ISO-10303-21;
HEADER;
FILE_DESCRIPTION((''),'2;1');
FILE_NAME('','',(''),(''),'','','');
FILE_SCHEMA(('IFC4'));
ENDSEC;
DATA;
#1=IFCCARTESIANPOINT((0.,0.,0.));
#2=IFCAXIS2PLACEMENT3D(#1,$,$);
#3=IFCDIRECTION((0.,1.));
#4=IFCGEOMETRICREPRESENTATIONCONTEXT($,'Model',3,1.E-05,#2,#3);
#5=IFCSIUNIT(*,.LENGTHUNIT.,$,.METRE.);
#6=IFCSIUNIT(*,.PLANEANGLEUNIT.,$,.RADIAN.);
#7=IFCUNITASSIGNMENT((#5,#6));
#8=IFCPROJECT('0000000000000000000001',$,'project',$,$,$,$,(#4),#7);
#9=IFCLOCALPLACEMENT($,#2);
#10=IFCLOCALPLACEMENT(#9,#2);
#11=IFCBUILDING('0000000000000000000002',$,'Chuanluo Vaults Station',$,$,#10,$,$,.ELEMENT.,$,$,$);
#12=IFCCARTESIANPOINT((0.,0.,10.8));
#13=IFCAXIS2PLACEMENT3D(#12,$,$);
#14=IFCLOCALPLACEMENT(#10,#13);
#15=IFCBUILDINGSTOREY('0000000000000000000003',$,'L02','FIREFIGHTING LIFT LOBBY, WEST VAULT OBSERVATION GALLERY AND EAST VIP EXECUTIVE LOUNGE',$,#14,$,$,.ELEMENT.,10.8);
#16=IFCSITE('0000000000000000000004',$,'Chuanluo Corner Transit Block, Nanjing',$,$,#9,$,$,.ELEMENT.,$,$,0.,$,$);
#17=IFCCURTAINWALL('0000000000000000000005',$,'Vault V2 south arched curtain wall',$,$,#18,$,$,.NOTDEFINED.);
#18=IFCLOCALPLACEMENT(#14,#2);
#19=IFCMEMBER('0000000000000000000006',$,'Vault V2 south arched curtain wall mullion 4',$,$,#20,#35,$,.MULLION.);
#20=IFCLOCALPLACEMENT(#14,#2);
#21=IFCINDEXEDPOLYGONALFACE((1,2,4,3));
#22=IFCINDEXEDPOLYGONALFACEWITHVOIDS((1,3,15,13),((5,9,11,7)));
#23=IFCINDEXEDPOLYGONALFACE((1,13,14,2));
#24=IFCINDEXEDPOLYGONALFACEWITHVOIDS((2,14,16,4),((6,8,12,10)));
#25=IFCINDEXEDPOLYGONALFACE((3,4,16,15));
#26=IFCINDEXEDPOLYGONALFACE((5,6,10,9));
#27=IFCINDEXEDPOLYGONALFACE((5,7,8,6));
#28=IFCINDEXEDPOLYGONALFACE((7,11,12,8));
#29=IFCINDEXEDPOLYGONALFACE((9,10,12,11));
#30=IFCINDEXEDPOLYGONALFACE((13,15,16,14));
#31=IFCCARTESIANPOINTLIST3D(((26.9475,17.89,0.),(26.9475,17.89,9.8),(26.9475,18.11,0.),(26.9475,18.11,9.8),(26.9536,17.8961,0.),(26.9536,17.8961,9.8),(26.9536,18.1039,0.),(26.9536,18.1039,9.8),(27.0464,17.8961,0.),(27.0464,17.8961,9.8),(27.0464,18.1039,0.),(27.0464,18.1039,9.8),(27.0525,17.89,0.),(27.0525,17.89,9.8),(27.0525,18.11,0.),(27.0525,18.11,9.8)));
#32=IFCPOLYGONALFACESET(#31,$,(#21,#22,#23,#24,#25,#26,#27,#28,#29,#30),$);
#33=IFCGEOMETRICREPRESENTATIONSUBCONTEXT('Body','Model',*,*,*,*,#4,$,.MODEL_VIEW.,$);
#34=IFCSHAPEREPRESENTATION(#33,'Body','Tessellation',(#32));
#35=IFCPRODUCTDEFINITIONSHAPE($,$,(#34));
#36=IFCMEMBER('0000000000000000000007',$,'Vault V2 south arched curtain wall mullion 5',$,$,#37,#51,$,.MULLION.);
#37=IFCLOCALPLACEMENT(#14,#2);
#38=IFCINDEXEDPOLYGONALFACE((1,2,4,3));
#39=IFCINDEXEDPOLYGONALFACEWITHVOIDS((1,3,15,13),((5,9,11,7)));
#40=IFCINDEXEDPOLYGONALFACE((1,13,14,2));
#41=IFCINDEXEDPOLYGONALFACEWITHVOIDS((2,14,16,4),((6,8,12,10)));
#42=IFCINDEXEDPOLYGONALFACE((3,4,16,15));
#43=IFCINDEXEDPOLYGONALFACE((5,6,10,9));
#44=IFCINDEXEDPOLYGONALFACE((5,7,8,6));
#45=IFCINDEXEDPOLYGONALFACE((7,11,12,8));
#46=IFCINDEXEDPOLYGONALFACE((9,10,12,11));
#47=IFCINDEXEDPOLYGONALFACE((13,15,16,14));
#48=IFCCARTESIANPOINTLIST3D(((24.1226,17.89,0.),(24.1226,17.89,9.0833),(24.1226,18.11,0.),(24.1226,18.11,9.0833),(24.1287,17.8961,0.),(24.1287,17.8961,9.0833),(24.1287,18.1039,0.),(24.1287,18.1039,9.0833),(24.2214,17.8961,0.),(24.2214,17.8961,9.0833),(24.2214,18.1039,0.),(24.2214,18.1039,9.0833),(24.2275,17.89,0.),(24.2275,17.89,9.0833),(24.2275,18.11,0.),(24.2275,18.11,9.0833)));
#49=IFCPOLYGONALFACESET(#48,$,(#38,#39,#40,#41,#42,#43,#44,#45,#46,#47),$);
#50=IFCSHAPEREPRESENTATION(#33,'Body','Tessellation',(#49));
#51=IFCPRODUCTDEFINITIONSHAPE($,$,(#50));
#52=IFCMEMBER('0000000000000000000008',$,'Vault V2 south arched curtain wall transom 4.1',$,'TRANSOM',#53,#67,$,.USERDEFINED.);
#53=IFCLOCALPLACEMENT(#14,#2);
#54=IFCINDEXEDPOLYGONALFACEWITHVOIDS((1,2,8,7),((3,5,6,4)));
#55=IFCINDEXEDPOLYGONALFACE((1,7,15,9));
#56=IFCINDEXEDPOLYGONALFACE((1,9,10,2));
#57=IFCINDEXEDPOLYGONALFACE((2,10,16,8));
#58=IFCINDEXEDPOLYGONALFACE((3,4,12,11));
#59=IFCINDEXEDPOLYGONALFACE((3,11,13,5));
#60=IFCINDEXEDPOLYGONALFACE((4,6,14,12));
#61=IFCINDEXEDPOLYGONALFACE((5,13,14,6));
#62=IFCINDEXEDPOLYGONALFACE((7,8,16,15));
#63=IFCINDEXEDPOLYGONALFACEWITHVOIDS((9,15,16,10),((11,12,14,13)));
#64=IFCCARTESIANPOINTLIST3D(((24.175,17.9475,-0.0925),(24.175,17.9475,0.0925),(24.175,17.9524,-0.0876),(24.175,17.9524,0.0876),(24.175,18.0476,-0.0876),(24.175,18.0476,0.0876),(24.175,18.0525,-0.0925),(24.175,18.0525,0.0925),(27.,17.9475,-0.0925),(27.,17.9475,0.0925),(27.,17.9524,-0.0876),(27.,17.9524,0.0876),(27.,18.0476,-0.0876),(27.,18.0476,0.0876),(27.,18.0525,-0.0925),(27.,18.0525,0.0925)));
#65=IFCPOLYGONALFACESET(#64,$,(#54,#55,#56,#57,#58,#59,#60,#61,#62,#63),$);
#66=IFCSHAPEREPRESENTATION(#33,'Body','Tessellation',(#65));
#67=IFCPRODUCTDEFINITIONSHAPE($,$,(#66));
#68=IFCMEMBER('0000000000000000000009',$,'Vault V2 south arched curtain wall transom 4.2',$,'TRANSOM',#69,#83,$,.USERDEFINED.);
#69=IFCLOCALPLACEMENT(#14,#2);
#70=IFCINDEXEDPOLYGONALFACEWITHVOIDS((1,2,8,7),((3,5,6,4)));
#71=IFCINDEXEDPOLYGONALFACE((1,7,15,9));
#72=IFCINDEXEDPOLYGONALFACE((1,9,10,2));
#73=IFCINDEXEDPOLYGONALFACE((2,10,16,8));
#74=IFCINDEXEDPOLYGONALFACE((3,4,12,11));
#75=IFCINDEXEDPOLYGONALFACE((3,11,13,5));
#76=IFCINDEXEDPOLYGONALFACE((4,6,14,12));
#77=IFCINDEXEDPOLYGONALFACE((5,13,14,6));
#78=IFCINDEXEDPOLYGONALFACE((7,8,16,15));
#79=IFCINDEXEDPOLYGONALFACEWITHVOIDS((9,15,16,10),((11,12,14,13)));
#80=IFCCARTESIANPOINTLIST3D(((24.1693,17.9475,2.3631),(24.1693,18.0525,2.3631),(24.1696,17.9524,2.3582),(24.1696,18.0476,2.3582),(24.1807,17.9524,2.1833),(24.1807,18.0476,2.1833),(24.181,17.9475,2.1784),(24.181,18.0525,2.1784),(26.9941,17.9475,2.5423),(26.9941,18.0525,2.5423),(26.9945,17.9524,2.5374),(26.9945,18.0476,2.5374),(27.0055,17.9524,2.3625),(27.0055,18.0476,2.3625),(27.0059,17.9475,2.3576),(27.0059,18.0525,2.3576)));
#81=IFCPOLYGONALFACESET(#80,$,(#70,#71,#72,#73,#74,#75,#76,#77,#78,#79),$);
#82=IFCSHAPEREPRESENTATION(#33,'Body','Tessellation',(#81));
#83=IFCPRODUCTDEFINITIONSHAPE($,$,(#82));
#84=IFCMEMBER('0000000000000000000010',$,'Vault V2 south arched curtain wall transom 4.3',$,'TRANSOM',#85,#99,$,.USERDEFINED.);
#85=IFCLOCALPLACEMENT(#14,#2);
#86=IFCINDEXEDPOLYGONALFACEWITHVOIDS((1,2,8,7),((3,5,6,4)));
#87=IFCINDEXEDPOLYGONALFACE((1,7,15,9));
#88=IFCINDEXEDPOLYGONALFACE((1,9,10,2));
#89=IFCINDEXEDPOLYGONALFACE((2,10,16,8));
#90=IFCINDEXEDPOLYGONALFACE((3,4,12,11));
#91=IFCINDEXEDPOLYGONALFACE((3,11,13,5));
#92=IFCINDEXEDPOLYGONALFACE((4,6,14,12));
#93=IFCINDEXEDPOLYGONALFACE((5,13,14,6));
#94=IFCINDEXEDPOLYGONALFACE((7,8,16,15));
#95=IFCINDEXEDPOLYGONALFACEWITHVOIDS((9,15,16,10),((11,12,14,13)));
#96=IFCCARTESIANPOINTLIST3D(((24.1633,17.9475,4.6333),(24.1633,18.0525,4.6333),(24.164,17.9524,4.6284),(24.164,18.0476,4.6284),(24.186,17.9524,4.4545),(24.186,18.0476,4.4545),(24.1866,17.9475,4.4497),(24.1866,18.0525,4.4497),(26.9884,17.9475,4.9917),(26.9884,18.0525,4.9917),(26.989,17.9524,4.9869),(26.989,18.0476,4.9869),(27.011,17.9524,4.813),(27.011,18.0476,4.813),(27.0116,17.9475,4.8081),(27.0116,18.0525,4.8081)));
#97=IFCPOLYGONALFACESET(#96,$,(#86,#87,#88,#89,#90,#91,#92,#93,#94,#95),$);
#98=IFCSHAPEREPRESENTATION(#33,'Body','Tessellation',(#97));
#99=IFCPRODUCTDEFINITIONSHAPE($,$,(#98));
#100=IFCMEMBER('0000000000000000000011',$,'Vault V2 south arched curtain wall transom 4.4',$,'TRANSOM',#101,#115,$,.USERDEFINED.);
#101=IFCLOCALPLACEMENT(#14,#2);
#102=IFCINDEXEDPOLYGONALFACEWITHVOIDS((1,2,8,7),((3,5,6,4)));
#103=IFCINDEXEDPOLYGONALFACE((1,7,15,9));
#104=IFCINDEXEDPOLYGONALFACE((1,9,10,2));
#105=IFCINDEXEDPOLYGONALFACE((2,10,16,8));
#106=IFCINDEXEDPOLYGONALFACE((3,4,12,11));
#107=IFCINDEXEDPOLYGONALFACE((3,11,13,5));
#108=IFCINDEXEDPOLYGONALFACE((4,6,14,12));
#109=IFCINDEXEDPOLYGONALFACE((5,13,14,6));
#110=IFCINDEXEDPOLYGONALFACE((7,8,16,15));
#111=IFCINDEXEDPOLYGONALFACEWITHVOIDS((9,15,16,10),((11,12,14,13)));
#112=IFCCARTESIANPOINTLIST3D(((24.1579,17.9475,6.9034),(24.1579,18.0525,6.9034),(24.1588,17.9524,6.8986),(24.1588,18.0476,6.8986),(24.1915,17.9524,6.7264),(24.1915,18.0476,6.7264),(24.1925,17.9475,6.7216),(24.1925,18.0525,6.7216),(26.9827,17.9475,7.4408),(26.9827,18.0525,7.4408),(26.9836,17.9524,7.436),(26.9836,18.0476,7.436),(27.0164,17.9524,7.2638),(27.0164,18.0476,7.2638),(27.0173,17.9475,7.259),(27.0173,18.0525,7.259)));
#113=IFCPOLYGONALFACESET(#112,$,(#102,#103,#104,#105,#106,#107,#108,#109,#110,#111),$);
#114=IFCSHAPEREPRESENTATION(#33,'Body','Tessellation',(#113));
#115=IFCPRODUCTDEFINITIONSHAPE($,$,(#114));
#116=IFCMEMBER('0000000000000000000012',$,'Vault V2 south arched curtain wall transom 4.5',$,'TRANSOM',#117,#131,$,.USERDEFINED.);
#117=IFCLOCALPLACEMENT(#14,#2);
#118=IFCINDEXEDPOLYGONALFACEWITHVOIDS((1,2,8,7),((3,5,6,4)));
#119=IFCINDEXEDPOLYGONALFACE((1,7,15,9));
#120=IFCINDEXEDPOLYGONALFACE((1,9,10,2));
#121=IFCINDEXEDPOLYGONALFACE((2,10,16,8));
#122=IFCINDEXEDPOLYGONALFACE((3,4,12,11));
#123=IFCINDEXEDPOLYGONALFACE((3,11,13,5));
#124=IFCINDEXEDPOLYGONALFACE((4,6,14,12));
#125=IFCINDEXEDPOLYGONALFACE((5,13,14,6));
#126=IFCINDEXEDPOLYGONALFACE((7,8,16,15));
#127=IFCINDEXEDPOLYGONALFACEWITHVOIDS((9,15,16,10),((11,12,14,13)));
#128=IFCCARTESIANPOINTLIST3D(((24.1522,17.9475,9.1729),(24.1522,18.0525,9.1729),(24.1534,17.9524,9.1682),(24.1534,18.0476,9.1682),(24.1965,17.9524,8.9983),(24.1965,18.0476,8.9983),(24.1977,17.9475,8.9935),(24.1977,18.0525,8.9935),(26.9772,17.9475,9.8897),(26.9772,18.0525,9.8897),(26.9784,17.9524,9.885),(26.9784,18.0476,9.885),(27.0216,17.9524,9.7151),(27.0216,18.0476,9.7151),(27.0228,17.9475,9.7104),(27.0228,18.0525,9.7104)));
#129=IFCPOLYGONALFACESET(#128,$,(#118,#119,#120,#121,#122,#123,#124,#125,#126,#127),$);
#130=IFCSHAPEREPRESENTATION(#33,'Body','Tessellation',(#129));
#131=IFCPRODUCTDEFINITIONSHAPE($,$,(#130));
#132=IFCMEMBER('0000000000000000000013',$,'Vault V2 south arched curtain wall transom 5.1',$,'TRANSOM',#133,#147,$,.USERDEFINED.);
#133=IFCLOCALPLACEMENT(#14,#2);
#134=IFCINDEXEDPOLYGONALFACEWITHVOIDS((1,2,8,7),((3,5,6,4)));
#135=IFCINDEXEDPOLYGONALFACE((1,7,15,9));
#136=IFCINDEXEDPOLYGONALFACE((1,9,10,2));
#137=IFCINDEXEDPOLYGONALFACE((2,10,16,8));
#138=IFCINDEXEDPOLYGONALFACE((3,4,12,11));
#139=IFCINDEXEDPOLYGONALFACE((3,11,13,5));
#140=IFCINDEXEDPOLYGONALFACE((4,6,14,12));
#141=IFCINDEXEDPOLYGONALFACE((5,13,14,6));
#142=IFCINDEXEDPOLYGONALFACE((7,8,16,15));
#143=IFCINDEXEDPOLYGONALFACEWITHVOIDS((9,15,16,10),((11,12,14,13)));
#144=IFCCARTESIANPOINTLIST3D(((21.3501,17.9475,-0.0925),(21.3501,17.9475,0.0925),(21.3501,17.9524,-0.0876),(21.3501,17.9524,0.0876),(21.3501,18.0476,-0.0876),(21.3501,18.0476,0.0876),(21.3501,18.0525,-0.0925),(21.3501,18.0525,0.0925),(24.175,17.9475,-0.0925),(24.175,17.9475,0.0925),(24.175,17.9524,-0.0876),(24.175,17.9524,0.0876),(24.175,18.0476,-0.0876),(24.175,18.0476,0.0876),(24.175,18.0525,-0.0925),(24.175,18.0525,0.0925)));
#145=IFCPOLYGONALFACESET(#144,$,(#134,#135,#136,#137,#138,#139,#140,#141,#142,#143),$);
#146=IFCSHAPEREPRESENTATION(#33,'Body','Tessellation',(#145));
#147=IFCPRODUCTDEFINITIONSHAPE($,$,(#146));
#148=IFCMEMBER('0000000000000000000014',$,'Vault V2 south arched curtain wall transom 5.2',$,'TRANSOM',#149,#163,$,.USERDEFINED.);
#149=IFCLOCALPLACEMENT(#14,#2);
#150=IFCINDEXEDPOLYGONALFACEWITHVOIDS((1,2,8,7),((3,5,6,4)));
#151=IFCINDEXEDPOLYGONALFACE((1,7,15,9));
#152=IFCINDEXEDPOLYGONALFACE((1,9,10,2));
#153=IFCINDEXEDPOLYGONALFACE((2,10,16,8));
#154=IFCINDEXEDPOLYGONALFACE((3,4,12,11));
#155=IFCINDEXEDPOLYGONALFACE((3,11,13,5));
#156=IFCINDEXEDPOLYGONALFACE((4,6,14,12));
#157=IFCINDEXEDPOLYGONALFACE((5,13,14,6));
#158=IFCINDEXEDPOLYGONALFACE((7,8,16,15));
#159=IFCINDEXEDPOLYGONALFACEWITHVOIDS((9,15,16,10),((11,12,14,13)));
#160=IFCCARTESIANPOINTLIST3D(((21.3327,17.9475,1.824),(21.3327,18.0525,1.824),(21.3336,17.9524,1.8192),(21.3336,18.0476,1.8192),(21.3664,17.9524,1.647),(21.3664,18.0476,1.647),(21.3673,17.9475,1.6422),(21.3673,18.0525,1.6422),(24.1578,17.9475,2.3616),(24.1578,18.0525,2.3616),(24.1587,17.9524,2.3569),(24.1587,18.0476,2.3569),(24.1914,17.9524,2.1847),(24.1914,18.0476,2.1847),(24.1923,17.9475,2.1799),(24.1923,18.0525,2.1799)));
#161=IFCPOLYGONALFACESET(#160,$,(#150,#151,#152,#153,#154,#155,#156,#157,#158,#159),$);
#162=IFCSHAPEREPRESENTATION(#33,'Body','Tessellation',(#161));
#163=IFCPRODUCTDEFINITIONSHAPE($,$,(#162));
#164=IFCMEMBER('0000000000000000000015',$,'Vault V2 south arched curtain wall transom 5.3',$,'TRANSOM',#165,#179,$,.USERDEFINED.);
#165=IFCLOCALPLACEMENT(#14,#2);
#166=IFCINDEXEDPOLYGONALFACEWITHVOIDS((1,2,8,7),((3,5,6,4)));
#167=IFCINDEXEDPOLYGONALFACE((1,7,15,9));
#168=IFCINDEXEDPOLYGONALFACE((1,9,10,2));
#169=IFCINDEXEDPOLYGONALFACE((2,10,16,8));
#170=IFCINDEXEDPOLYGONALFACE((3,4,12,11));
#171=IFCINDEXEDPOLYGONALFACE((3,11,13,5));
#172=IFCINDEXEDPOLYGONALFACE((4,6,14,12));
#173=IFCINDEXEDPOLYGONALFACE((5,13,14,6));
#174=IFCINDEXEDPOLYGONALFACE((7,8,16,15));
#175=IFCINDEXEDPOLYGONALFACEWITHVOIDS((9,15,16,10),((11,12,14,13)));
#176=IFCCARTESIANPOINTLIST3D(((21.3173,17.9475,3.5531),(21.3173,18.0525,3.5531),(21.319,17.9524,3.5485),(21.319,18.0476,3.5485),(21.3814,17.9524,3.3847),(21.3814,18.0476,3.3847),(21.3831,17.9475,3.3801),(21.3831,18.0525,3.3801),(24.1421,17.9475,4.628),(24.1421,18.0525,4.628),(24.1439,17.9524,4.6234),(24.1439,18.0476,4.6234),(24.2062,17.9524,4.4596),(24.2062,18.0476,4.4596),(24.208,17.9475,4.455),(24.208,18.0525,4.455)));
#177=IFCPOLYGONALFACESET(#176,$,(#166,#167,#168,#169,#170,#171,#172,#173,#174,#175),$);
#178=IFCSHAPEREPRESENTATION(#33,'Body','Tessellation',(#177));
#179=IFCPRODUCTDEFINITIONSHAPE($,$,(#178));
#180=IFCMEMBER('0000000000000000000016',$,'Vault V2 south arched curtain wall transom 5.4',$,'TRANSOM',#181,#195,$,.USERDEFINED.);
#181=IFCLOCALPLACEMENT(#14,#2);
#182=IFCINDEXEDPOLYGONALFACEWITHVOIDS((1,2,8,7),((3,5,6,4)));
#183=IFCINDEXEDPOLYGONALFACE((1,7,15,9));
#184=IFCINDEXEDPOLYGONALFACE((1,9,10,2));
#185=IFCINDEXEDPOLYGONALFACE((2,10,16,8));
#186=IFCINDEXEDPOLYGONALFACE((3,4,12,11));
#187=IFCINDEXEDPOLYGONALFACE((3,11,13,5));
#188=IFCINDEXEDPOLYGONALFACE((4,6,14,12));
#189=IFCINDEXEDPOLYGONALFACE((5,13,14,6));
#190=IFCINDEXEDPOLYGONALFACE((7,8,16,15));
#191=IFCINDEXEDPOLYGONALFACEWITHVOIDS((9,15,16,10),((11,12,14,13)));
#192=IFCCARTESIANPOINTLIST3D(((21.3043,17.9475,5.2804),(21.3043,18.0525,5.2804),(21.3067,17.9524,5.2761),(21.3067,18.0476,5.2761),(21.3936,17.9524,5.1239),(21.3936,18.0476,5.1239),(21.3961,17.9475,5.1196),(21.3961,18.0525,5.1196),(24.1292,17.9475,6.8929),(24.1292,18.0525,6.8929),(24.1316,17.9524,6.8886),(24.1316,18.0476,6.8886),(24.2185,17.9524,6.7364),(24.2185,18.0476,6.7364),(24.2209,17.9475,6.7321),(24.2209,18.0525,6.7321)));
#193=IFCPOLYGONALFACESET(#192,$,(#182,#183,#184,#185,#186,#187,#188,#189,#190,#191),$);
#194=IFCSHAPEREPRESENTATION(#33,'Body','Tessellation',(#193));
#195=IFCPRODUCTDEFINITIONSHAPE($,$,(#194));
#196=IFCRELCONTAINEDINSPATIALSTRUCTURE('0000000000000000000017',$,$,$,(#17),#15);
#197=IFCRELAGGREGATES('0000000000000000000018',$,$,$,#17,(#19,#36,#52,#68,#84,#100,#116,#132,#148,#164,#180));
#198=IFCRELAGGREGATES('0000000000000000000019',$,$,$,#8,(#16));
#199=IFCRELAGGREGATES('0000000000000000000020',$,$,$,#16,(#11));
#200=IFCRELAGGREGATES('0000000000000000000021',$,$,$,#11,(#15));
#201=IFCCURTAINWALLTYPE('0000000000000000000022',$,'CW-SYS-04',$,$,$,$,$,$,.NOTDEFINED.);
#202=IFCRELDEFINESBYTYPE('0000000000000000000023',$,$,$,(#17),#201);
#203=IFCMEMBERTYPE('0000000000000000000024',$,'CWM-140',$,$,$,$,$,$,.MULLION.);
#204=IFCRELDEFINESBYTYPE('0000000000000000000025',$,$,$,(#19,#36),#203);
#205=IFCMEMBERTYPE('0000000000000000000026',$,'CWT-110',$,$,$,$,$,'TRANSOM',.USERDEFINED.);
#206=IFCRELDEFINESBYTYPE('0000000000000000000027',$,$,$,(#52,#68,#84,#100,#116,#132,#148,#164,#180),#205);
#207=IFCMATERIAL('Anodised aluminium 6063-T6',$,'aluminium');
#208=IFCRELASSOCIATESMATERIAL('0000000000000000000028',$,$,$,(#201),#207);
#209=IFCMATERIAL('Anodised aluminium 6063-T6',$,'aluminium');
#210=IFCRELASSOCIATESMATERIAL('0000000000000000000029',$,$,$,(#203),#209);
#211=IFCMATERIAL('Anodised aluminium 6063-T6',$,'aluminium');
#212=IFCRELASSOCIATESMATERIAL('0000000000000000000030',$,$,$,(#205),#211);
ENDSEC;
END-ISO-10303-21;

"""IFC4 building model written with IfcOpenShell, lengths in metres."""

from ifc_helpers import new_model, si_unit, direction, frame, origin, origin_2d, place, context, subcontext, project, spatial, hollow_rectangle, extrude, material, material_profile, profile_set, type_object, element, aggregate, save


model = new_model("IFC4")

# Units and contexts
model_context = context("Model", 3, precision=1e-05, world=origin(), true_north=direction((0.0, 1.0)))
body_context = subcontext(model_context, "Body", "Model", "MODEL_VIEW")
ifc_project = project(units=[si_unit("LENGTHUNIT", "METRE"), si_unit("PLANEANGLEUNIT", "RADIAN")], contexts=[model_context])

# Site, building, storey
site_placement = place(None, origin())
site = spatial("IfcSite", under=ifc_project, at=site_placement, Name="Chuanluo Corner Transit Block, Nanjing", CompositionType="ELEMENT", RefElevation=0.0)
building_placement = place(site_placement, origin())
building = spatial("IfcBuilding", under=site, at=building_placement, Name="Chuanluo Vaults Station", CompositionType="ELEMENT")
storey_placement = place(building_placement, frame((0.0, 0.0, 10.8)))
storey = spatial("IfcBuildingStorey", under=building, at=storey_placement, Name="L02", Description="FIREFIGHTING LIFT LOBBY, WEST VAULT OBSERVATION GALLERY AND EAST VIP EXECUTIVE LOUNGE", CompositionType="ELEMENT", Elevation=10.8)

# Curtain wall, members
ifc_material_1 = material(Name="Anodised aluminium 6063-T6", Category="aluminium")
curtain_wall_type = type_object("IfcCurtainWallType", Name="CW-SYS-04", PredefinedType="NOTDEFINED", material=ifc_material_1)
curtain_wall_placement = place(storey_placement, origin())
curtain_wall = element("IfcCurtainWall", 1, at=curtain_wall_placement, inside=storey, type_object=curtain_wall_type, Name="Vault V2 south arched curtain wall", PredefinedType="NOTDEFINED")
ifc_material_2 = material(Name="Anodised aluminium 6063-T6", Category="aluminium")
ifc_material_profile_1 = material_profile(ifc_material_2, hollow_rectangle(XDim=0.105, YDim=0.22, WallThickness=0.0061, at=origin_2d()))
ifc_profile_set_1 = profile_set([ifc_material_profile_1], Name="Anodised aluminium 6063-T6")
member_type_1 = type_object("IfcMemberType", Name="CWM-140", PredefinedType="MULLION", material=ifc_profile_set_1)
member_1_placement = place(storey_placement, frame((27.0, 18.0, 0.0), z_axis=(0.0, 0.0, 1.0), x_axis=(-1.0, 0.0, 0.0)))
member_1 = element("IfcMember", 2, at=member_1_placement, type_object=member_type_1, Name="Vault V2 south arched curtain wall mullion 4", PredefinedType="MULLION", context=body_context, shape_type="SweptSolid", body=[
    extrude(hollow_rectangle(XDim=0.105, YDim=0.22, WallThickness=0.0061, at=origin_2d()), origin(), (0.0, 0.0, 1.0), 9.8),
])
member_2_placement = place(storey_placement, frame((24.175, 18.0, 0.0), z_axis=(0.0, 0.0, 1.0), x_axis=(-1.0, 0.0, 0.0)))
member_2 = element("IfcMember", 3, at=member_2_placement, type_object=member_type_1, Name="Vault V2 south arched curtain wall mullion 5", PredefinedType="MULLION", context=body_context, shape_type="SweptSolid", body=[
    extrude(hollow_rectangle(XDim=0.105, YDim=0.22, WallThickness=0.0061, at=origin_2d()), origin(), (0.0, 0.0, 1.0), 9.0833),
])
ifc_material_3 = material(Name="Anodised aluminium 6063-T6", Category="aluminium")
ifc_material_profile_2 = material_profile(ifc_material_3, hollow_rectangle(XDim=0.105, YDim=0.1851, WallThickness=0.0049, at=origin_2d()))
ifc_profile_set_2 = profile_set([ifc_material_profile_2], Name="Anodised aluminium 6063-T6")
member_type_2 = type_object("IfcMemberType", Name="CWT-110", ElementType="TRANSOM", PredefinedType="USERDEFINED", material=ifc_profile_set_2)
member_3_placement = place(storey_placement, frame((27.0, 18.0, 0.0), z_axis=(-1.0, 0.0, 0.0), x_axis=(0.0, -1.0, 0.0)))
member_3 = element("IfcMember", 4, at=member_3_placement, type_object=member_type_2, Name="Vault V2 south arched curtain wall transom 4.1", ObjectType="TRANSOM", PredefinedType="USERDEFINED", context=body_context, shape_type="SweptSolid", body=[
    extrude(hollow_rectangle(XDim=0.105, YDim=0.1851, WallThickness=0.0049, at=origin_2d()), origin(), (0.0, 0.0, 1.0), 2.825),
])
member_4_placement = place(storey_placement, frame((27.0, 18.0, 2.45), z_axis=(-0.997994, 0.0, -0.063307), x_axis=(0.0, -1.0, 0.0)))
member_4 = element("IfcMember", 5, at=member_4_placement, type_object=member_type_2, Name="Vault V2 south arched curtain wall transom 4.2", ObjectType="TRANSOM", PredefinedType="USERDEFINED", context=body_context, shape_type="SweptSolid", body=[
    extrude(hollow_rectangle(XDim=0.105, YDim=0.1851, WallThickness=0.0049, at=origin_2d()), origin(), (0.0, 0.0, 1.0), 2.8306),
])
member_5_placement = place(storey_placement, frame((27.0, 18.0, 4.8999), z_axis=(-0.992048, 0.0, -0.12586), x_axis=(0.0, -1.0, 0.0)))
member_5 = element("IfcMember", 6, at=member_5_placement, type_object=member_type_2, Name="Vault V2 south arched curtain wall transom 4.3", ObjectType="TRANSOM", PredefinedType="USERDEFINED", context=body_context, shape_type="SweptSolid", body=[
    extrude(hollow_rectangle(XDim=0.105, YDim=0.1851, WallThickness=0.0049, at=origin_2d()), origin(), (0.0, 0.0, 1.0), 2.8477),
])
member_6_placement = place(storey_placement, frame((27.0, 18.0, 7.3499), z_axis=(-0.982385, 0.0, -0.186866), x_axis=(0.0, -1.0, 0.0)))
member_6 = element("IfcMember", 7, at=member_6_placement, type_object=member_type_2, Name="Vault V2 south arched curtain wall transom 4.4", ObjectType="TRANSOM", PredefinedType="USERDEFINED", context=body_context, shape_type="SweptSolid", body=[
    extrude(hollow_rectangle(XDim=0.105, YDim=0.1851, WallThickness=0.0049, at=origin_2d()), origin(), (0.0, 0.0, 1.0), 2.8755),
])
member_7_placement = place(storey_placement, frame((27.0, 18.0, 9.8), z_axis=(-0.969284, 0.0, -0.245944), x_axis=(0.0, -1.0, 0.0)))
member_7 = element("IfcMember", 8, at=member_7_placement, type_object=member_type_2, Name="Vault V2 south arched curtain wall transom 4.5", ObjectType="TRANSOM", PredefinedType="USERDEFINED", context=body_context, shape_type="SweptSolid", body=[
    extrude(hollow_rectangle(XDim=0.105, YDim=0.1851, WallThickness=0.0049, at=origin_2d()), origin(), (0.0, 0.0, 1.0), 2.9146),
])
member_8_placement = place(storey_placement, frame((24.175, 18.0, 0.0), z_axis=(-1.0, 0.0, 0.0), x_axis=(0.0, -1.0, 0.0)))
member_8 = element("IfcMember", 9, at=member_8_placement, type_object=member_type_2, Name="Vault V2 south arched curtain wall transom 5.1", ObjectType="TRANSOM", PredefinedType="USERDEFINED", context=body_context, shape_type="SweptSolid", body=[
    extrude(hollow_rectangle(XDim=0.105, YDim=0.1851, WallThickness=0.0049, at=origin_2d()), origin(), (0.0, 0.0, 1.0), 2.825),
])
member_9_placement = place(storey_placement, frame((24.175, 18.0, 2.2708), z_axis=(-0.98237, 0.0, -0.186948), x_axis=(0.0, -1.0, 0.0)))
member_9 = element("IfcMember", 10, at=member_9_placement, type_object=member_type_2, Name="Vault V2 south arched curtain wall transom 5.2", ObjectType="TRANSOM", PredefinedType="USERDEFINED", context=body_context, shape_type="SweptSolid", body=[
    extrude(hollow_rectangle(XDim=0.105, YDim=0.1851, WallThickness=0.0049, at=origin_2d()), origin(), (0.0, 0.0, 1.0), 2.8757),
])
member_10_placement = place(storey_placement, frame((24.175, 18.0, 4.5415), z_axis=(-0.934622, 0.0, -0.355643), x_axis=(0.0, -1.0, 0.0)))
member_10 = element("IfcMember", 11, at=member_10_placement, type_object=member_type_2, Name="Vault V2 south arched curtain wall transom 5.3", ObjectType="TRANSOM", PredefinedType="USERDEFINED", context=body_context, shape_type="SweptSolid", body=[
    extrude(hollow_rectangle(XDim=0.105, YDim=0.1851, WallThickness=0.0049, at=origin_2d()), origin(), (0.0, 0.0, 1.0), 3.0225),
])
member_11_placement = place(storey_placement, frame((24.175, 18.0, 6.8125), z_axis=(-0.868469, 0.0, -0.495743), x_axis=(0.0, -1.0, 0.0)))
member_11 = element("IfcMember", 12, at=member_11_placement, type_object=member_type_2, Name="Vault V2 south arched curtain wall transom 5.4", ObjectType="TRANSOM", PredefinedType="USERDEFINED", context=body_context, shape_type="SweptSolid", body=[
    extrude(hollow_rectangle(XDim=0.105, YDim=0.1851, WallThickness=0.0049, at=origin_2d()), origin(), (0.0, 0.0, 1.0), 3.2527),
])
aggregate(curtain_wall, [member_1, member_2, member_3, member_4, member_5, member_6, member_7, member_8, member_9, member_10, member_11])

save(model, "model.ifc")
